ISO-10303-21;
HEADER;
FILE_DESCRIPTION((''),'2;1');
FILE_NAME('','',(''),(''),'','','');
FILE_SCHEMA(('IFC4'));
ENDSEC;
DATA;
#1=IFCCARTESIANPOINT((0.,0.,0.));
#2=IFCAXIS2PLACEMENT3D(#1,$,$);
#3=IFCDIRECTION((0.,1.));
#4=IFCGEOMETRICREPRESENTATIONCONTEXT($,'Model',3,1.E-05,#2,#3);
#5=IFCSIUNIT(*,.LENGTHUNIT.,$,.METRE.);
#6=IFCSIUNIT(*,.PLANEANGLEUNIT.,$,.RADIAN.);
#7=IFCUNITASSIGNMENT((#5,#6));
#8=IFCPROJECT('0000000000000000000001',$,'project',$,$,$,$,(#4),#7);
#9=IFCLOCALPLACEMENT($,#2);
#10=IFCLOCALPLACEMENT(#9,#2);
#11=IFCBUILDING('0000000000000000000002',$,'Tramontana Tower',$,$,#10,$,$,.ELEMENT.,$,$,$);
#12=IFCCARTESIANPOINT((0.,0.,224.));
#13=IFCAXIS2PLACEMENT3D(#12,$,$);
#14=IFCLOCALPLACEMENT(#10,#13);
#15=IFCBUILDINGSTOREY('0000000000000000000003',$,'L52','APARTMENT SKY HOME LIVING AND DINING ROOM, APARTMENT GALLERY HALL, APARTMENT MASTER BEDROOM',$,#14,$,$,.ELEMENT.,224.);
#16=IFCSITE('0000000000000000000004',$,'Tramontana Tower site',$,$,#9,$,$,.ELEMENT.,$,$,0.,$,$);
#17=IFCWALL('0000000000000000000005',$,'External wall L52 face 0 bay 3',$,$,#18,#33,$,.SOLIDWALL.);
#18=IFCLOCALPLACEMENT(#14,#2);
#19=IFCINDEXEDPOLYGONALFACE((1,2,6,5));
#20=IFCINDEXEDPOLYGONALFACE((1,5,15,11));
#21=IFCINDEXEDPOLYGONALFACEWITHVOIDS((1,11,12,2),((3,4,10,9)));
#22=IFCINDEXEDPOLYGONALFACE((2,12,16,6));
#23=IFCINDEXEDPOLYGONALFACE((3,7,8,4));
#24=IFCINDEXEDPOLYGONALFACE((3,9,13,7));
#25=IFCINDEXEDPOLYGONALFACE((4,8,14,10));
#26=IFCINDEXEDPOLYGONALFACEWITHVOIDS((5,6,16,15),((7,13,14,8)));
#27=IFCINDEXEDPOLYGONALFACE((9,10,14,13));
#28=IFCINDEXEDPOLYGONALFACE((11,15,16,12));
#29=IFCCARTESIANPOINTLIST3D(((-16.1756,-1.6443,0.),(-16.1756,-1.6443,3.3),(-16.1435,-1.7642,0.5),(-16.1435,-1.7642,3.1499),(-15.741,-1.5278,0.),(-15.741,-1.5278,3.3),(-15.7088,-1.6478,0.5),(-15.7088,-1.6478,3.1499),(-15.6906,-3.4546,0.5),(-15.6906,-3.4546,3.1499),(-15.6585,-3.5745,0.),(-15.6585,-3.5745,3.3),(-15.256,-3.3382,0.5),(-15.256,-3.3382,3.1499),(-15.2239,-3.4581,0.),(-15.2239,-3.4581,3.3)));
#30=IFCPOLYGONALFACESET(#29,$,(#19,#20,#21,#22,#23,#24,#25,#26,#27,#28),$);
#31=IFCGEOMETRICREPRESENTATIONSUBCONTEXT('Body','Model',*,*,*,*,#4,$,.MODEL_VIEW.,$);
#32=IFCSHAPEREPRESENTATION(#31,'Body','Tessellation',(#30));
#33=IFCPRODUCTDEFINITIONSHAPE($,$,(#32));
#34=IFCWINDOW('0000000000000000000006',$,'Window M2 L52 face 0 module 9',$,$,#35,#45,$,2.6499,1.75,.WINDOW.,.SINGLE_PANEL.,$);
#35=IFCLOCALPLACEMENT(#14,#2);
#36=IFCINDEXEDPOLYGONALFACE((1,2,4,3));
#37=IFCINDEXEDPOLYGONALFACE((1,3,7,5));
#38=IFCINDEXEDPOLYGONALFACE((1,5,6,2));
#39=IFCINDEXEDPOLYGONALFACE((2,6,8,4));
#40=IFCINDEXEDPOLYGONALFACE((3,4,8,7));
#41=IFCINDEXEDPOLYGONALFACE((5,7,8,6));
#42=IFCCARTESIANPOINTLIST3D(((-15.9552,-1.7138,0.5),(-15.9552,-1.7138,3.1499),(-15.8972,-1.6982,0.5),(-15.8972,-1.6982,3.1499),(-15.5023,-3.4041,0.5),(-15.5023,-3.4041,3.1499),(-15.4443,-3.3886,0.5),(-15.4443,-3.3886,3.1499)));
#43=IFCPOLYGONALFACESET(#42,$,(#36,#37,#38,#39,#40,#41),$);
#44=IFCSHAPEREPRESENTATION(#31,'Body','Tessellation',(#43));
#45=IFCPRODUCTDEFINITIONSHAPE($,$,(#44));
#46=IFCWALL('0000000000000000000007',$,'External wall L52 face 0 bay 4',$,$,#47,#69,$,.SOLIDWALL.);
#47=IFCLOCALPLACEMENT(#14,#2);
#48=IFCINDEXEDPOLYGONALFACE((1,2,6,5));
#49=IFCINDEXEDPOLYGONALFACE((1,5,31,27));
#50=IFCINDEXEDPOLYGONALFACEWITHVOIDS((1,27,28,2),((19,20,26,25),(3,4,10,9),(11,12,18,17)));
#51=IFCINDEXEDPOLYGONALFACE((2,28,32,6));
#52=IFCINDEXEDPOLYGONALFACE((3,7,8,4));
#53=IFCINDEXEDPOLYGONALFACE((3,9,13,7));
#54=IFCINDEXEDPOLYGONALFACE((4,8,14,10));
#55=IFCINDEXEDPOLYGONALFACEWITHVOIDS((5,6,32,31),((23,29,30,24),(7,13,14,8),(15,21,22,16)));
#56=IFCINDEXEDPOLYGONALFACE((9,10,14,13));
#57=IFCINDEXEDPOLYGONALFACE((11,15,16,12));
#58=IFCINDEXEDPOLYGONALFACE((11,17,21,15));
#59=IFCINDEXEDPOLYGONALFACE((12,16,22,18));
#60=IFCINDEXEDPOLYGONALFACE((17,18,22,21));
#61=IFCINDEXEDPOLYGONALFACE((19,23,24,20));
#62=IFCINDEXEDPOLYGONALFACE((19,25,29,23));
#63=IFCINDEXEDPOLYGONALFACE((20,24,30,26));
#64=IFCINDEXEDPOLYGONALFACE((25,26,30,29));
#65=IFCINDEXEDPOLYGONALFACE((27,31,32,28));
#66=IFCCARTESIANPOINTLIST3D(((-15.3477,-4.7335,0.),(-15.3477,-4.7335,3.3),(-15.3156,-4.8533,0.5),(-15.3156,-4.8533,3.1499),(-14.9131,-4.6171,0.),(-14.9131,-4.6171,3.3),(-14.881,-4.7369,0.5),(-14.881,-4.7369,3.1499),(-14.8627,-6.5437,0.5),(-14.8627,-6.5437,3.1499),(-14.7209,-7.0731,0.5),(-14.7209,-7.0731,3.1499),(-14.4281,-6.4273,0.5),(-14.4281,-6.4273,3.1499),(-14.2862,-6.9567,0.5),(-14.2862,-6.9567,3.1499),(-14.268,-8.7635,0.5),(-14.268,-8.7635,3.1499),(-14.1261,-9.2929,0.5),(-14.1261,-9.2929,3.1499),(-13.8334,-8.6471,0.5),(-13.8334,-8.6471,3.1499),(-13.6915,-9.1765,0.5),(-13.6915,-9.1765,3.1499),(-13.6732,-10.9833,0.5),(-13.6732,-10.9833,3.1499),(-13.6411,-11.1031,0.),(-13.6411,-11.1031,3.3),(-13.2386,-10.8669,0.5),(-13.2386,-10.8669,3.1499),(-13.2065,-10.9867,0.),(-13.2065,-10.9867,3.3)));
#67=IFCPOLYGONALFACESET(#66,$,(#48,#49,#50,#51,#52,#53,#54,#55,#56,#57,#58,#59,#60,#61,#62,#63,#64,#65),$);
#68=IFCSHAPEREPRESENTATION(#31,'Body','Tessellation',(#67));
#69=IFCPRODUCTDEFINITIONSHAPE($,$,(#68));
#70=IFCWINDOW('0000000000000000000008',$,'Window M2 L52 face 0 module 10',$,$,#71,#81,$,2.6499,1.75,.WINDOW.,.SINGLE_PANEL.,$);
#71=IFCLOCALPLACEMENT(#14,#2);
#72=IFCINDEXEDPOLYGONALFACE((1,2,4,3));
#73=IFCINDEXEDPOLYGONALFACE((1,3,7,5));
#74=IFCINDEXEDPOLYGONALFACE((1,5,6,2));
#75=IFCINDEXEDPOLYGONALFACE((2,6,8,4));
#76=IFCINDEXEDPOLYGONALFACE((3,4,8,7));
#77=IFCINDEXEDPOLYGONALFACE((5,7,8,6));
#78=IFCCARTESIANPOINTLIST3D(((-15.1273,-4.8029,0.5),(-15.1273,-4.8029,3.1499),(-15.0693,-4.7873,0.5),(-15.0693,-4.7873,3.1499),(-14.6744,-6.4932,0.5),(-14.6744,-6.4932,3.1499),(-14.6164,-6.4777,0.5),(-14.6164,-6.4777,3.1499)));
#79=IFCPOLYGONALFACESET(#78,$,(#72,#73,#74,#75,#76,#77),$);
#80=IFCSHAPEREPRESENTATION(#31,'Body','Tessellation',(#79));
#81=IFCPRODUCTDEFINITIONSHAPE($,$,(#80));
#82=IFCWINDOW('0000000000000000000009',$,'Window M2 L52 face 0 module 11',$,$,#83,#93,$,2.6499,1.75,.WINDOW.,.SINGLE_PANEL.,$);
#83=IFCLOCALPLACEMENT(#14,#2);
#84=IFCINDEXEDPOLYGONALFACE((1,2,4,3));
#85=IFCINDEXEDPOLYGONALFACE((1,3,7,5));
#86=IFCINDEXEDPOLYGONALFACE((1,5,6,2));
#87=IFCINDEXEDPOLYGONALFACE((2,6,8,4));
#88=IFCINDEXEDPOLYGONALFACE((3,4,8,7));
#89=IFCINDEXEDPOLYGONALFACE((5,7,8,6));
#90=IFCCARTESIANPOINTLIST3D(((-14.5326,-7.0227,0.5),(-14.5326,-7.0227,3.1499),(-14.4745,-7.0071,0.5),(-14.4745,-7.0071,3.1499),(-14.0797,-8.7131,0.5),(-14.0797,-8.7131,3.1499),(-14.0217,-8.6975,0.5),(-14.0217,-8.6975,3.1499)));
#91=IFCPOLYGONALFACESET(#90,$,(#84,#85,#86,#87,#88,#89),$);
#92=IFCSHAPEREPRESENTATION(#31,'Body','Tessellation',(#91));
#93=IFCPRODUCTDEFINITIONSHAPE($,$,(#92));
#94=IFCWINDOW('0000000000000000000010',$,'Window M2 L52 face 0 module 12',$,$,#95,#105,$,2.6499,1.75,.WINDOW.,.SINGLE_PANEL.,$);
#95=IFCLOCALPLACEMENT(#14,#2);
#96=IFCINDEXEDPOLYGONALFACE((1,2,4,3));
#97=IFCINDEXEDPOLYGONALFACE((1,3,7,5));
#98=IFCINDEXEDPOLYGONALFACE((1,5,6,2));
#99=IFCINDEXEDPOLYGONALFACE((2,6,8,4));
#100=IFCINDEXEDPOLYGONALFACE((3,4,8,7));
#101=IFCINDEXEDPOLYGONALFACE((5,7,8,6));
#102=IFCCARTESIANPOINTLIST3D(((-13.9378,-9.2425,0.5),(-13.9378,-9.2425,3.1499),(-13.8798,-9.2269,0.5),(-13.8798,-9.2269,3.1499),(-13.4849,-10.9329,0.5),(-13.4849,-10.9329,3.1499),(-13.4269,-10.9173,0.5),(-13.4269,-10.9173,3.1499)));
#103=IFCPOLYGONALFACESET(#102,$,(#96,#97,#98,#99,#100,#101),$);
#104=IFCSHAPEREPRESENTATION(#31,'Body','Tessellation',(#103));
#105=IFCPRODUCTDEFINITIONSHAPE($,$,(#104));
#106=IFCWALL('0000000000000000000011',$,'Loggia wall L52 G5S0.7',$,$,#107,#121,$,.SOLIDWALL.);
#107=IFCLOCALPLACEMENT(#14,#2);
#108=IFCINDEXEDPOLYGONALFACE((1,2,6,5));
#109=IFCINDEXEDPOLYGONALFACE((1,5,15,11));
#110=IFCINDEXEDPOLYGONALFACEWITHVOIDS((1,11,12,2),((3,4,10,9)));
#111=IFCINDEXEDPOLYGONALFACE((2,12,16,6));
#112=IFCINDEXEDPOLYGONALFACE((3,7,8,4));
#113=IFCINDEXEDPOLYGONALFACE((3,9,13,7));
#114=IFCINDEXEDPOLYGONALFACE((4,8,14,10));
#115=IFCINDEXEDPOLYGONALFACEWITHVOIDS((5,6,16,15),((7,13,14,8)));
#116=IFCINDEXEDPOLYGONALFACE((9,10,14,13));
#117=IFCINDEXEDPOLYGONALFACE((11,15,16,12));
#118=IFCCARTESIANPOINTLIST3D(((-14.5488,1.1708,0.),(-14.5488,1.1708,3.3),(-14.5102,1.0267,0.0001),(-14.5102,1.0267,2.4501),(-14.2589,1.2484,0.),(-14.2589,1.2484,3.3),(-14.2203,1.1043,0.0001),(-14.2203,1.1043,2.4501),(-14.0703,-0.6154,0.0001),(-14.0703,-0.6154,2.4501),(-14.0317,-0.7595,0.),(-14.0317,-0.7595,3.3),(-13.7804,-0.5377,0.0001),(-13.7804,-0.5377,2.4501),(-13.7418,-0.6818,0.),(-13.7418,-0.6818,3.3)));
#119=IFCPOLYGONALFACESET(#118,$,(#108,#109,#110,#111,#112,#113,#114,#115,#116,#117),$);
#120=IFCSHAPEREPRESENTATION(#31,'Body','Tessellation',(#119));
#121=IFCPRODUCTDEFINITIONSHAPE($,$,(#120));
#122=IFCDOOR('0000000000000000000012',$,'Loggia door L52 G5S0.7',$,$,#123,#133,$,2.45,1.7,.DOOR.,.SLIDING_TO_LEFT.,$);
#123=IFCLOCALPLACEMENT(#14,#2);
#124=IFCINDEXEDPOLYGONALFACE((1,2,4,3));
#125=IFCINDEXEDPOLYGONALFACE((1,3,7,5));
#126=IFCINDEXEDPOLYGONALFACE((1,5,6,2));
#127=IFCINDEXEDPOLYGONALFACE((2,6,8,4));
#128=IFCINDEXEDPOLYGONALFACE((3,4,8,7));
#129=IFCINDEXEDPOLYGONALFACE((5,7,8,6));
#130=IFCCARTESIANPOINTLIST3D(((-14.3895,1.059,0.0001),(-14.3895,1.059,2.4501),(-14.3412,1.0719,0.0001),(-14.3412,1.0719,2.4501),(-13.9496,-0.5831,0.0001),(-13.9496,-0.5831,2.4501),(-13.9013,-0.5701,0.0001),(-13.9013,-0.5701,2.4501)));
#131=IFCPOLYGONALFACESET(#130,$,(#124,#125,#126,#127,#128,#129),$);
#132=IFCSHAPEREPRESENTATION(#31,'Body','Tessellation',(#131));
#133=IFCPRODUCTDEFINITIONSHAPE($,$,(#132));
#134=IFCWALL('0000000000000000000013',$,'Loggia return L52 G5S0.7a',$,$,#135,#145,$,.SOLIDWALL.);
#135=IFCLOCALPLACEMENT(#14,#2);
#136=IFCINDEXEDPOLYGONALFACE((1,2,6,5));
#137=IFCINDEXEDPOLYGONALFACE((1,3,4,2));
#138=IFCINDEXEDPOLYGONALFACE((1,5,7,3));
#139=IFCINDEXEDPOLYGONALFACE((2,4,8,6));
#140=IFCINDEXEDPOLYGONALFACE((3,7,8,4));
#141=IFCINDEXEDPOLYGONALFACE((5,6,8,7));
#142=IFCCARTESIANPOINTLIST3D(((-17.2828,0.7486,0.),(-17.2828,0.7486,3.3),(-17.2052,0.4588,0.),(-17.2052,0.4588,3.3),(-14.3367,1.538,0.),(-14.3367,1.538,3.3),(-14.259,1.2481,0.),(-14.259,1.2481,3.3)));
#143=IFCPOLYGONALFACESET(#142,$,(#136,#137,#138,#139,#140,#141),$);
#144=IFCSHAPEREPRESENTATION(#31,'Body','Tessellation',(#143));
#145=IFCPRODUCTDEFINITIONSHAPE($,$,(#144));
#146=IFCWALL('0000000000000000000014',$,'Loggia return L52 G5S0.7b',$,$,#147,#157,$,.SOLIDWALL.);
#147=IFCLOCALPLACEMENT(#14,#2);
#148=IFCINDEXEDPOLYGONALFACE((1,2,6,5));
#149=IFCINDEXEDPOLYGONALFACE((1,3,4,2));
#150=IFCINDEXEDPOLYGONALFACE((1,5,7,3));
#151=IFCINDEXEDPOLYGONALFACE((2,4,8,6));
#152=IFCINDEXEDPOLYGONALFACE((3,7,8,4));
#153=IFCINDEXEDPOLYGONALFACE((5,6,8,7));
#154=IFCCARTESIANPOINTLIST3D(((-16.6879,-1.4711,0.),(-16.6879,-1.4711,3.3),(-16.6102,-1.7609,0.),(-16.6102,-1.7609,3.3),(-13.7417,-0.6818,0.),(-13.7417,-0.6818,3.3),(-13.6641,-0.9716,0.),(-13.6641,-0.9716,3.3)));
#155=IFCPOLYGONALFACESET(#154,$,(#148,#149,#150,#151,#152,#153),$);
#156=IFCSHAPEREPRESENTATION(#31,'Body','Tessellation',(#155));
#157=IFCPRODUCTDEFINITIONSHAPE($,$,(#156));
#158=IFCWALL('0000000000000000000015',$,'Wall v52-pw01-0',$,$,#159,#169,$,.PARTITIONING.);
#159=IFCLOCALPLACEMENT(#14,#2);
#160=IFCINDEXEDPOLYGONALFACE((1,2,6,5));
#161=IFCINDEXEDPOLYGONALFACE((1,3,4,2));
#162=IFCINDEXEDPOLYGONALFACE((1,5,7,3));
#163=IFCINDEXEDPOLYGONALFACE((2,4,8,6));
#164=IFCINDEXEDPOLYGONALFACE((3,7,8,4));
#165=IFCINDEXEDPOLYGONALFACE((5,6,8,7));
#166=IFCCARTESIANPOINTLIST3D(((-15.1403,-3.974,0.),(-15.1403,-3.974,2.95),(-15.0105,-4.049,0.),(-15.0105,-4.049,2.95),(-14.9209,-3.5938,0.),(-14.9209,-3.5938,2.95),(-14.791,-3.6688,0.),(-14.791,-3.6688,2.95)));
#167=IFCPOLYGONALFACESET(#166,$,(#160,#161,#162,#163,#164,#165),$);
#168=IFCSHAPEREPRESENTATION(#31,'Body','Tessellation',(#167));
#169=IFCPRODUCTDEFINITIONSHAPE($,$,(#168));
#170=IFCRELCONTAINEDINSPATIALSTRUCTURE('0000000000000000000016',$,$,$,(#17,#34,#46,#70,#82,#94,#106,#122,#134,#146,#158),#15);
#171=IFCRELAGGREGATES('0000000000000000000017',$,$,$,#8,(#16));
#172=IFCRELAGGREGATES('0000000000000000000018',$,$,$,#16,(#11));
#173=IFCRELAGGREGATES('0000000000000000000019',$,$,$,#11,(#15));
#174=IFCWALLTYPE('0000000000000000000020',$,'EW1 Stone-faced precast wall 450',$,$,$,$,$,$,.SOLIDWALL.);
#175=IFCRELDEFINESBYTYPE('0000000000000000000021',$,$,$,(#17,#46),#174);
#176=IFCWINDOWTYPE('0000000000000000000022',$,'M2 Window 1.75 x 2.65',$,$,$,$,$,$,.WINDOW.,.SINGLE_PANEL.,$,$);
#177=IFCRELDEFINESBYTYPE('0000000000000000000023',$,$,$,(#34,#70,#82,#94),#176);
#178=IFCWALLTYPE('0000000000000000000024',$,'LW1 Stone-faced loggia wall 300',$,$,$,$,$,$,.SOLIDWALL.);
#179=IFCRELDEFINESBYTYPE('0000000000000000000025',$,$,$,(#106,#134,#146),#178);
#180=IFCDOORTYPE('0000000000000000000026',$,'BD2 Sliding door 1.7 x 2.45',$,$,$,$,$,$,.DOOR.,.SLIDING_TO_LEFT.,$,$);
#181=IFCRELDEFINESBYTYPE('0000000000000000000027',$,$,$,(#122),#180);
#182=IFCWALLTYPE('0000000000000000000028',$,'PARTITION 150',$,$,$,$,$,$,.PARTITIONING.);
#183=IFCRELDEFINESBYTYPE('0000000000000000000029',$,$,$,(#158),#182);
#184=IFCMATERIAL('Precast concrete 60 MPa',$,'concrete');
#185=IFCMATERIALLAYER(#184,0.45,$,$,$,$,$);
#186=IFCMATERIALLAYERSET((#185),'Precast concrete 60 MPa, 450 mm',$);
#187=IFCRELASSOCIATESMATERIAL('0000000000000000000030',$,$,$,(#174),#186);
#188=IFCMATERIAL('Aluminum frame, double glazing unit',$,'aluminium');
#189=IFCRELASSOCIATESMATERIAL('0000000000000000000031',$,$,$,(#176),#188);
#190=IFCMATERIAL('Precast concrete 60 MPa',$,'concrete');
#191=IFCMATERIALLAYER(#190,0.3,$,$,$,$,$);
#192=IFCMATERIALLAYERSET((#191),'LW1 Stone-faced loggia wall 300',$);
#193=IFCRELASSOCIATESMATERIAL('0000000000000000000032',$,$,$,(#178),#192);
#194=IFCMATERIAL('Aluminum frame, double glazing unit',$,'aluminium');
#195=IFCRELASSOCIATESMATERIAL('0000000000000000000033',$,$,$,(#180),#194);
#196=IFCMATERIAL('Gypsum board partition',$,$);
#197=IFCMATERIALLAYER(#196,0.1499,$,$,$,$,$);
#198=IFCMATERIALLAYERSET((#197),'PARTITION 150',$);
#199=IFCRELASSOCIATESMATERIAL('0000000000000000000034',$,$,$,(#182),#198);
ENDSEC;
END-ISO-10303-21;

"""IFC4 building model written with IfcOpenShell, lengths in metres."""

from ifc_helpers import new_model, si_unit, direction, frame, frame_2d, origin, place, context, subcontext, project, spatial, rectangle, extrude, material, layer, layer_set, type_object, element, fill, save


model = new_model("IFC4")

# Units and contexts
model_context = context("Model", 3, precision=1e-05, world=origin(), true_north=direction((0.0, 1.0)))
body_context = subcontext(model_context, "Body", "Model", "MODEL_VIEW")
ifc_project = project(units=[si_unit("LENGTHUNIT", "METRE"), si_unit("PLANEANGLEUNIT", "RADIAN")], contexts=[model_context])

# Site, building, storey
site_placement = place(None, origin())
site = spatial("IfcSite", under=ifc_project, at=site_placement, Name="Tramontana Tower site", CompositionType="ELEMENT", RefElevation=0.0)
building_placement = place(site_placement, origin())
building = spatial("IfcBuilding", under=site, at=building_placement, Name="Tramontana Tower", CompositionType="ELEMENT")
storey_placement = place(building_placement, frame((0.0, 0.0, 224.0)))
storey = spatial("IfcBuildingStorey", under=building, at=storey_placement, Name="L52", Description="APARTMENT SKY HOME LIVING AND DINING ROOM, APARTMENT GALLERY HALL, APARTMENT MASTER BEDROOM", CompositionType="ELEMENT", Elevation=224.0)

# Wall, opening, window
ifc_material_1 = material(Name="Precast concrete 60 MPa", Category="concrete")
ifc_layer_1 = layer(ifc_material_1, 0.45)
ifc_layer_set_1 = layer_set([ifc_layer_1], Name="Precast concrete 60 MPa, 450 mm")
wall_type_1 = type_object("IfcWallType", Name="EW1 Stone-faced precast wall 450", PredefinedType="SOLIDWALL", material=ifc_layer_set_1)
wall_1_placement = place(storey_placement, frame((-15.9583, -1.5862, 0.0), z_axis=(0.0, 0.0, 1.0), x_axis=(0.258773, -0.965938, 0.0)))
wall_1 = element("IfcWall", 1, at=wall_1_placement, inside=storey, type_object=wall_type_1, Name="External wall L52 face 0 bay 3", PredefinedType="SOLIDWALL", context=body_context, shape_type="SweptSolid", body=[
    extrude(rectangle(XDim=1.9983, YDim=0.45, at=frame_2d((0.999, 0.0))), origin(), (0.0, 0.0, 1.0), 3.3),
])
opening_1_placement = place(wall_1_placement, frame((0.124, 0.0, 0.5)))
opening_1 = element("IfcOpeningElement", 2, at=opening_1_placement, cuts=wall_1, PredefinedType="OPENING", context=body_context, shape_type="SweptSolid", body=[
    extrude(rectangle(XDim=1.75, YDim=2.6499, at=frame_2d((0.875, 1.325))), frame((0.0, 0.2349, 0.0), z_axis=(0.0, -1.0, 0.0), x_axis=(1.0, 0.0, 0.0)), (0.0, 0.0, 1.0), 0.47),
])
ifc_material_2 = material(Name="Aluminum frame, double glazing unit", Category="aluminium")
window_type = type_object("IfcWindowType", Name="M2 Window 1.75 x 2.65", PartitioningType="SINGLE_PANEL", PredefinedType="WINDOW", material=ifc_material_2)
window_1_placement = place(opening_1_placement, origin())
window_1 = element("IfcWindow", 3, at=window_1_placement, inside=storey, type_object=window_type, Name="Window M2 L52 face 0 module 9", OverallHeight=2.6499, OverallWidth=1.75, PartitioningType="SINGLE_PANEL", PredefinedType="WINDOW", context=body_context, shape_type="SweptSolid", body=[
    extrude(rectangle(XDim=1.75, YDim=2.6499, at=frame_2d((0.875, 1.325))), frame((0.0, 0.03, 0.0), z_axis=(0.0, -1.0, 0.0), x_axis=(1.0, 0.0, 0.0)), (0.0, 0.0, 1.0), 0.0601),
])
fill(opening_1, window_1)

# Wall, openings, windows
wall_2_placement = place(storey_placement, frame((-15.1304, -4.6753, 0.0), z_axis=(0.0, 0.0, 1.0), x_axis=(0.258792, -0.965933, 0.0)))
wall_2 = element("IfcWall", 4, at=wall_2_placement, inside=storey, type_object=wall_type_1, Name="External wall L52 face 0 bay 4", PredefinedType="SOLIDWALL", context=body_context, shape_type="SweptSolid", body=[
    extrude(rectangle(XDim=6.5942, YDim=0.45, at=frame_2d((3.2971, 0.0))), origin(), (0.0, 0.0, 1.0), 3.3),
])
opening_2_placement = place(wall_2_placement, frame((0.124, 0.0, 0.5)))
opening_2 = element("IfcOpeningElement", 5, at=opening_2_placement, cuts=wall_2, PredefinedType="OPENING", context=body_context, shape_type="SweptSolid", body=[
    extrude(rectangle(XDim=1.75, YDim=2.6499, at=frame_2d((0.875, 1.325))), frame((0.0, 0.2349, 0.0), z_axis=(0.0, -1.0, 0.0), x_axis=(1.0, 0.0, 0.0)), (0.0, 0.0, 1.0), 0.47),
])
opening_3_placement = place(wall_2_placement, frame((2.4221, 0.0, 0.5)))
opening_3 = element("IfcOpeningElement", 6, at=opening_3_placement, cuts=wall_2, PredefinedType="OPENING", context=body_context, shape_type="SweptSolid", body=[
    extrude(rectangle(XDim=1.75, YDim=2.6499, at=frame_2d((0.875, 1.325))), frame((0.0, 0.2349, 0.0), z_axis=(0.0, -1.0, 0.0), x_axis=(1.0, 0.0, 0.0)), (0.0, 0.0, 1.0), 0.47),
])
opening_4_placement = place(wall_2_placement, frame((4.7202, 0.0, 0.5)))
opening_4 = element("IfcOpeningElement", 7, at=opening_4_placement, cuts=wall_2, PredefinedType="OPENING", context=body_context, shape_type="SweptSolid", body=[
    extrude(rectangle(XDim=1.75, YDim=2.6499, at=frame_2d((0.875, 1.325))), frame((0.0, 0.2349, 0.0), z_axis=(0.0, -1.0, 0.0), x_axis=(1.0, 0.0, 0.0)), (0.0, 0.0, 1.0), 0.47),
])
window_2_placement = place(opening_2_placement, origin())
window_2 = element("IfcWindow", 8, at=window_2_placement, inside=storey, type_object=window_type, Name="Window M2 L52 face 0 module 10", OverallHeight=2.6499, OverallWidth=1.75, PartitioningType="SINGLE_PANEL", PredefinedType="WINDOW", context=body_context, shape_type="SweptSolid", body=[
    extrude(rectangle(XDim=1.75, YDim=2.6499, at=frame_2d((0.875, 1.325))), frame((0.0, 0.03, 0.0), z_axis=(0.0, -1.0, 0.0), x_axis=(1.0, 0.0, 0.0)), (0.0, 0.0, 1.0), 0.0601),
])
fill(opening_2, window_2)
window_3_placement = place(opening_3_placement, origin())
window_3 = element("IfcWindow", 9, at=window_3_placement, inside=storey, type_object=window_type, Name="Window M2 L52 face 0 module 11", OverallHeight=2.6499, OverallWidth=1.75, PartitioningType="SINGLE_PANEL", PredefinedType="WINDOW", context=body_context, shape_type="SweptSolid", body=[
    extrude(rectangle(XDim=1.75, YDim=2.6499, at=frame_2d((0.875, 1.325))), frame((0.0, 0.03, 0.0), z_axis=(0.0, -1.0, 0.0), x_axis=(1.0, 0.0, 0.0)), (0.0, 0.0, 1.0), 0.0601),
])
fill(opening_3, window_3)
window_4_placement = place(opening_4_placement, origin())
window_4 = element("IfcWindow", 10, at=window_4_placement, inside=storey, type_object=window_type, Name="Window M2 L52 face 0 module 12", OverallHeight=2.6499, OverallWidth=1.75, PartitioningType="SINGLE_PANEL", PredefinedType="WINDOW", context=body_context, shape_type="SweptSolid", body=[
    extrude(rectangle(XDim=1.75, YDim=2.6499, at=frame_2d((0.875, 1.325))), frame((0.0, 0.03, 0.0), z_axis=(0.0, -1.0, 0.0), x_axis=(1.0, 0.0, 0.0)), (0.0, 0.0, 1.0), 0.0601),
])
fill(opening_4, window_4)

# Wall, opening, door
ifc_material_3 = material(Name="Precast concrete 60 MPa", Category="concrete")
ifc_layer_2 = layer(ifc_material_3, 0.3)
ifc_layer_set_2 = layer_set([ifc_layer_2], Name="LW1 Stone-faced loggia wall 300")
wall_type_2 = type_object("IfcWallType", Name="LW1 Stone-faced loggia wall 300", PredefinedType="SOLIDWALL", material=ifc_layer_set_2)
wall_3_placement = place(storey_placement, frame((-14.4038, 1.2095, 0.0), z_axis=(0.0, 0.0, 1.0), x_axis=(0.258773, -0.965938, 0.0)))
wall_3 = element("IfcWall", 11, at=wall_3_placement, inside=storey, type_object=wall_type_2, Name="Loggia wall L52 G5S0.7", PredefinedType="SOLIDWALL", context=body_context, shape_type="SweptSolid", body=[
    extrude(rectangle(XDim=1.9983, YDim=0.3, at=frame_2d((0.999, 0.0))), origin(), (0.0, 0.0, 1.0), 3.3),
])
opening_5_placement = place(wall_3_placement, frame((0.1489, 0.0, 0.0)))
opening_5 = element("IfcOpeningElement", 12, at=opening_5_placement, cuts=wall_3, PredefinedType="OPENING", context=body_context, shape_type="SweptSolid", body=[
    extrude(rectangle(XDim=1.7, YDim=2.45, at=frame_2d((0.8501, 1.2251))), frame((0.0, 0.1599, 0.0), z_axis=(0.0, -1.0, 0.0), x_axis=(1.0, 0.0, 0.0)), (0.0, 0.0, 1.0), 0.3201),
])
ifc_material_4 = material(Name="Aluminum frame, double glazing unit", Category="aluminium")
door_type_1 = type_object("IfcDoorType", Name="BD2 Sliding door 1.7 x 2.45", OperationType="SLIDING_TO_LEFT", PredefinedType="DOOR", material=ifc_material_4)
door_1_placement = place(opening_5_placement, origin())
door_1 = element("IfcDoor", 13, at=door_1_placement, inside=storey, type_object=door_type_1, Name="Loggia door L52 G5S0.7", OperationType="SLIDING_TO_LEFT", OverallHeight=2.45, OverallWidth=1.7, PredefinedType="DOOR", context=body_context, shape_type="SweptSolid", body=[
    extrude(rectangle(XDim=1.7, YDim=2.45, at=frame_2d((0.8501, 1.2251))), frame((0.0, 0.0249, 0.0), z_axis=(0.0, -1.0, 0.0), x_axis=(1.0, 0.0, 0.0)), (0.0, 0.0, 1.0), 0.05),
])
fill(opening_5, door_1)

# Walls
for number, where, z_axis, x_axis, name in (
    (14, (-17.2439, 0.6038, 0.0), (0.0, 0.0, 1.0), (0.965933, 0.258793, 0.0), "Loggia return L52 G5S0.7a"),
    (15, (-16.6489, -1.616, 0.0), (0.0, 0.0, 1.0), (0.965933, 0.258793, 0.0), "Loggia return L52 G5S0.7b"),
):
    element("IfcWall", number, at=place(storey_placement, frame(where, z_axis=z_axis, x_axis=x_axis)), inside=storey, type_object=wall_type_2, Name=name, PredefinedType="SOLIDWALL", context=body_context, shape_type="SweptSolid", body=[
        extrude(rectangle(XDim=3.05, YDim=0.3, at=frame_2d((1.5249, 0.0))), origin(), (0.0, 0.0, 1.0), 3.3),
    ])
ifc_material_5 = material(Name="Gypsum board partition")
ifc_layer_3 = layer(ifc_material_5, 0.1499)
ifc_layer_set_3 = layer_set([ifc_layer_3], Name="PARTITION 150")
wall_type_3 = type_object("IfcWallType", Name="PARTITION 150", PredefinedType="PARTITIONING", material=ifc_layer_set_3)
wall_4_placement = place(storey_placement, frame((-15.0754, -4.0115, 0.0), z_axis=(0.0, 0.0, 1.0), x_axis=(0.500027, 0.86601, 0.0)))
element("IfcWall", 16, at=wall_4_placement, inside=storey, type_object=wall_type_3, Name="Wall v52-pw01-0", PredefinedType="PARTITIONING", context=body_context, shape_type="SweptSolid", body=[
    extrude(rectangle(XDim=0.439, YDim=0.1499, at=frame_2d((0.2195, 0.0))), origin(), (0.0, 0.0, 1.0), 2.95),
])

save(model, "model.ifc")
